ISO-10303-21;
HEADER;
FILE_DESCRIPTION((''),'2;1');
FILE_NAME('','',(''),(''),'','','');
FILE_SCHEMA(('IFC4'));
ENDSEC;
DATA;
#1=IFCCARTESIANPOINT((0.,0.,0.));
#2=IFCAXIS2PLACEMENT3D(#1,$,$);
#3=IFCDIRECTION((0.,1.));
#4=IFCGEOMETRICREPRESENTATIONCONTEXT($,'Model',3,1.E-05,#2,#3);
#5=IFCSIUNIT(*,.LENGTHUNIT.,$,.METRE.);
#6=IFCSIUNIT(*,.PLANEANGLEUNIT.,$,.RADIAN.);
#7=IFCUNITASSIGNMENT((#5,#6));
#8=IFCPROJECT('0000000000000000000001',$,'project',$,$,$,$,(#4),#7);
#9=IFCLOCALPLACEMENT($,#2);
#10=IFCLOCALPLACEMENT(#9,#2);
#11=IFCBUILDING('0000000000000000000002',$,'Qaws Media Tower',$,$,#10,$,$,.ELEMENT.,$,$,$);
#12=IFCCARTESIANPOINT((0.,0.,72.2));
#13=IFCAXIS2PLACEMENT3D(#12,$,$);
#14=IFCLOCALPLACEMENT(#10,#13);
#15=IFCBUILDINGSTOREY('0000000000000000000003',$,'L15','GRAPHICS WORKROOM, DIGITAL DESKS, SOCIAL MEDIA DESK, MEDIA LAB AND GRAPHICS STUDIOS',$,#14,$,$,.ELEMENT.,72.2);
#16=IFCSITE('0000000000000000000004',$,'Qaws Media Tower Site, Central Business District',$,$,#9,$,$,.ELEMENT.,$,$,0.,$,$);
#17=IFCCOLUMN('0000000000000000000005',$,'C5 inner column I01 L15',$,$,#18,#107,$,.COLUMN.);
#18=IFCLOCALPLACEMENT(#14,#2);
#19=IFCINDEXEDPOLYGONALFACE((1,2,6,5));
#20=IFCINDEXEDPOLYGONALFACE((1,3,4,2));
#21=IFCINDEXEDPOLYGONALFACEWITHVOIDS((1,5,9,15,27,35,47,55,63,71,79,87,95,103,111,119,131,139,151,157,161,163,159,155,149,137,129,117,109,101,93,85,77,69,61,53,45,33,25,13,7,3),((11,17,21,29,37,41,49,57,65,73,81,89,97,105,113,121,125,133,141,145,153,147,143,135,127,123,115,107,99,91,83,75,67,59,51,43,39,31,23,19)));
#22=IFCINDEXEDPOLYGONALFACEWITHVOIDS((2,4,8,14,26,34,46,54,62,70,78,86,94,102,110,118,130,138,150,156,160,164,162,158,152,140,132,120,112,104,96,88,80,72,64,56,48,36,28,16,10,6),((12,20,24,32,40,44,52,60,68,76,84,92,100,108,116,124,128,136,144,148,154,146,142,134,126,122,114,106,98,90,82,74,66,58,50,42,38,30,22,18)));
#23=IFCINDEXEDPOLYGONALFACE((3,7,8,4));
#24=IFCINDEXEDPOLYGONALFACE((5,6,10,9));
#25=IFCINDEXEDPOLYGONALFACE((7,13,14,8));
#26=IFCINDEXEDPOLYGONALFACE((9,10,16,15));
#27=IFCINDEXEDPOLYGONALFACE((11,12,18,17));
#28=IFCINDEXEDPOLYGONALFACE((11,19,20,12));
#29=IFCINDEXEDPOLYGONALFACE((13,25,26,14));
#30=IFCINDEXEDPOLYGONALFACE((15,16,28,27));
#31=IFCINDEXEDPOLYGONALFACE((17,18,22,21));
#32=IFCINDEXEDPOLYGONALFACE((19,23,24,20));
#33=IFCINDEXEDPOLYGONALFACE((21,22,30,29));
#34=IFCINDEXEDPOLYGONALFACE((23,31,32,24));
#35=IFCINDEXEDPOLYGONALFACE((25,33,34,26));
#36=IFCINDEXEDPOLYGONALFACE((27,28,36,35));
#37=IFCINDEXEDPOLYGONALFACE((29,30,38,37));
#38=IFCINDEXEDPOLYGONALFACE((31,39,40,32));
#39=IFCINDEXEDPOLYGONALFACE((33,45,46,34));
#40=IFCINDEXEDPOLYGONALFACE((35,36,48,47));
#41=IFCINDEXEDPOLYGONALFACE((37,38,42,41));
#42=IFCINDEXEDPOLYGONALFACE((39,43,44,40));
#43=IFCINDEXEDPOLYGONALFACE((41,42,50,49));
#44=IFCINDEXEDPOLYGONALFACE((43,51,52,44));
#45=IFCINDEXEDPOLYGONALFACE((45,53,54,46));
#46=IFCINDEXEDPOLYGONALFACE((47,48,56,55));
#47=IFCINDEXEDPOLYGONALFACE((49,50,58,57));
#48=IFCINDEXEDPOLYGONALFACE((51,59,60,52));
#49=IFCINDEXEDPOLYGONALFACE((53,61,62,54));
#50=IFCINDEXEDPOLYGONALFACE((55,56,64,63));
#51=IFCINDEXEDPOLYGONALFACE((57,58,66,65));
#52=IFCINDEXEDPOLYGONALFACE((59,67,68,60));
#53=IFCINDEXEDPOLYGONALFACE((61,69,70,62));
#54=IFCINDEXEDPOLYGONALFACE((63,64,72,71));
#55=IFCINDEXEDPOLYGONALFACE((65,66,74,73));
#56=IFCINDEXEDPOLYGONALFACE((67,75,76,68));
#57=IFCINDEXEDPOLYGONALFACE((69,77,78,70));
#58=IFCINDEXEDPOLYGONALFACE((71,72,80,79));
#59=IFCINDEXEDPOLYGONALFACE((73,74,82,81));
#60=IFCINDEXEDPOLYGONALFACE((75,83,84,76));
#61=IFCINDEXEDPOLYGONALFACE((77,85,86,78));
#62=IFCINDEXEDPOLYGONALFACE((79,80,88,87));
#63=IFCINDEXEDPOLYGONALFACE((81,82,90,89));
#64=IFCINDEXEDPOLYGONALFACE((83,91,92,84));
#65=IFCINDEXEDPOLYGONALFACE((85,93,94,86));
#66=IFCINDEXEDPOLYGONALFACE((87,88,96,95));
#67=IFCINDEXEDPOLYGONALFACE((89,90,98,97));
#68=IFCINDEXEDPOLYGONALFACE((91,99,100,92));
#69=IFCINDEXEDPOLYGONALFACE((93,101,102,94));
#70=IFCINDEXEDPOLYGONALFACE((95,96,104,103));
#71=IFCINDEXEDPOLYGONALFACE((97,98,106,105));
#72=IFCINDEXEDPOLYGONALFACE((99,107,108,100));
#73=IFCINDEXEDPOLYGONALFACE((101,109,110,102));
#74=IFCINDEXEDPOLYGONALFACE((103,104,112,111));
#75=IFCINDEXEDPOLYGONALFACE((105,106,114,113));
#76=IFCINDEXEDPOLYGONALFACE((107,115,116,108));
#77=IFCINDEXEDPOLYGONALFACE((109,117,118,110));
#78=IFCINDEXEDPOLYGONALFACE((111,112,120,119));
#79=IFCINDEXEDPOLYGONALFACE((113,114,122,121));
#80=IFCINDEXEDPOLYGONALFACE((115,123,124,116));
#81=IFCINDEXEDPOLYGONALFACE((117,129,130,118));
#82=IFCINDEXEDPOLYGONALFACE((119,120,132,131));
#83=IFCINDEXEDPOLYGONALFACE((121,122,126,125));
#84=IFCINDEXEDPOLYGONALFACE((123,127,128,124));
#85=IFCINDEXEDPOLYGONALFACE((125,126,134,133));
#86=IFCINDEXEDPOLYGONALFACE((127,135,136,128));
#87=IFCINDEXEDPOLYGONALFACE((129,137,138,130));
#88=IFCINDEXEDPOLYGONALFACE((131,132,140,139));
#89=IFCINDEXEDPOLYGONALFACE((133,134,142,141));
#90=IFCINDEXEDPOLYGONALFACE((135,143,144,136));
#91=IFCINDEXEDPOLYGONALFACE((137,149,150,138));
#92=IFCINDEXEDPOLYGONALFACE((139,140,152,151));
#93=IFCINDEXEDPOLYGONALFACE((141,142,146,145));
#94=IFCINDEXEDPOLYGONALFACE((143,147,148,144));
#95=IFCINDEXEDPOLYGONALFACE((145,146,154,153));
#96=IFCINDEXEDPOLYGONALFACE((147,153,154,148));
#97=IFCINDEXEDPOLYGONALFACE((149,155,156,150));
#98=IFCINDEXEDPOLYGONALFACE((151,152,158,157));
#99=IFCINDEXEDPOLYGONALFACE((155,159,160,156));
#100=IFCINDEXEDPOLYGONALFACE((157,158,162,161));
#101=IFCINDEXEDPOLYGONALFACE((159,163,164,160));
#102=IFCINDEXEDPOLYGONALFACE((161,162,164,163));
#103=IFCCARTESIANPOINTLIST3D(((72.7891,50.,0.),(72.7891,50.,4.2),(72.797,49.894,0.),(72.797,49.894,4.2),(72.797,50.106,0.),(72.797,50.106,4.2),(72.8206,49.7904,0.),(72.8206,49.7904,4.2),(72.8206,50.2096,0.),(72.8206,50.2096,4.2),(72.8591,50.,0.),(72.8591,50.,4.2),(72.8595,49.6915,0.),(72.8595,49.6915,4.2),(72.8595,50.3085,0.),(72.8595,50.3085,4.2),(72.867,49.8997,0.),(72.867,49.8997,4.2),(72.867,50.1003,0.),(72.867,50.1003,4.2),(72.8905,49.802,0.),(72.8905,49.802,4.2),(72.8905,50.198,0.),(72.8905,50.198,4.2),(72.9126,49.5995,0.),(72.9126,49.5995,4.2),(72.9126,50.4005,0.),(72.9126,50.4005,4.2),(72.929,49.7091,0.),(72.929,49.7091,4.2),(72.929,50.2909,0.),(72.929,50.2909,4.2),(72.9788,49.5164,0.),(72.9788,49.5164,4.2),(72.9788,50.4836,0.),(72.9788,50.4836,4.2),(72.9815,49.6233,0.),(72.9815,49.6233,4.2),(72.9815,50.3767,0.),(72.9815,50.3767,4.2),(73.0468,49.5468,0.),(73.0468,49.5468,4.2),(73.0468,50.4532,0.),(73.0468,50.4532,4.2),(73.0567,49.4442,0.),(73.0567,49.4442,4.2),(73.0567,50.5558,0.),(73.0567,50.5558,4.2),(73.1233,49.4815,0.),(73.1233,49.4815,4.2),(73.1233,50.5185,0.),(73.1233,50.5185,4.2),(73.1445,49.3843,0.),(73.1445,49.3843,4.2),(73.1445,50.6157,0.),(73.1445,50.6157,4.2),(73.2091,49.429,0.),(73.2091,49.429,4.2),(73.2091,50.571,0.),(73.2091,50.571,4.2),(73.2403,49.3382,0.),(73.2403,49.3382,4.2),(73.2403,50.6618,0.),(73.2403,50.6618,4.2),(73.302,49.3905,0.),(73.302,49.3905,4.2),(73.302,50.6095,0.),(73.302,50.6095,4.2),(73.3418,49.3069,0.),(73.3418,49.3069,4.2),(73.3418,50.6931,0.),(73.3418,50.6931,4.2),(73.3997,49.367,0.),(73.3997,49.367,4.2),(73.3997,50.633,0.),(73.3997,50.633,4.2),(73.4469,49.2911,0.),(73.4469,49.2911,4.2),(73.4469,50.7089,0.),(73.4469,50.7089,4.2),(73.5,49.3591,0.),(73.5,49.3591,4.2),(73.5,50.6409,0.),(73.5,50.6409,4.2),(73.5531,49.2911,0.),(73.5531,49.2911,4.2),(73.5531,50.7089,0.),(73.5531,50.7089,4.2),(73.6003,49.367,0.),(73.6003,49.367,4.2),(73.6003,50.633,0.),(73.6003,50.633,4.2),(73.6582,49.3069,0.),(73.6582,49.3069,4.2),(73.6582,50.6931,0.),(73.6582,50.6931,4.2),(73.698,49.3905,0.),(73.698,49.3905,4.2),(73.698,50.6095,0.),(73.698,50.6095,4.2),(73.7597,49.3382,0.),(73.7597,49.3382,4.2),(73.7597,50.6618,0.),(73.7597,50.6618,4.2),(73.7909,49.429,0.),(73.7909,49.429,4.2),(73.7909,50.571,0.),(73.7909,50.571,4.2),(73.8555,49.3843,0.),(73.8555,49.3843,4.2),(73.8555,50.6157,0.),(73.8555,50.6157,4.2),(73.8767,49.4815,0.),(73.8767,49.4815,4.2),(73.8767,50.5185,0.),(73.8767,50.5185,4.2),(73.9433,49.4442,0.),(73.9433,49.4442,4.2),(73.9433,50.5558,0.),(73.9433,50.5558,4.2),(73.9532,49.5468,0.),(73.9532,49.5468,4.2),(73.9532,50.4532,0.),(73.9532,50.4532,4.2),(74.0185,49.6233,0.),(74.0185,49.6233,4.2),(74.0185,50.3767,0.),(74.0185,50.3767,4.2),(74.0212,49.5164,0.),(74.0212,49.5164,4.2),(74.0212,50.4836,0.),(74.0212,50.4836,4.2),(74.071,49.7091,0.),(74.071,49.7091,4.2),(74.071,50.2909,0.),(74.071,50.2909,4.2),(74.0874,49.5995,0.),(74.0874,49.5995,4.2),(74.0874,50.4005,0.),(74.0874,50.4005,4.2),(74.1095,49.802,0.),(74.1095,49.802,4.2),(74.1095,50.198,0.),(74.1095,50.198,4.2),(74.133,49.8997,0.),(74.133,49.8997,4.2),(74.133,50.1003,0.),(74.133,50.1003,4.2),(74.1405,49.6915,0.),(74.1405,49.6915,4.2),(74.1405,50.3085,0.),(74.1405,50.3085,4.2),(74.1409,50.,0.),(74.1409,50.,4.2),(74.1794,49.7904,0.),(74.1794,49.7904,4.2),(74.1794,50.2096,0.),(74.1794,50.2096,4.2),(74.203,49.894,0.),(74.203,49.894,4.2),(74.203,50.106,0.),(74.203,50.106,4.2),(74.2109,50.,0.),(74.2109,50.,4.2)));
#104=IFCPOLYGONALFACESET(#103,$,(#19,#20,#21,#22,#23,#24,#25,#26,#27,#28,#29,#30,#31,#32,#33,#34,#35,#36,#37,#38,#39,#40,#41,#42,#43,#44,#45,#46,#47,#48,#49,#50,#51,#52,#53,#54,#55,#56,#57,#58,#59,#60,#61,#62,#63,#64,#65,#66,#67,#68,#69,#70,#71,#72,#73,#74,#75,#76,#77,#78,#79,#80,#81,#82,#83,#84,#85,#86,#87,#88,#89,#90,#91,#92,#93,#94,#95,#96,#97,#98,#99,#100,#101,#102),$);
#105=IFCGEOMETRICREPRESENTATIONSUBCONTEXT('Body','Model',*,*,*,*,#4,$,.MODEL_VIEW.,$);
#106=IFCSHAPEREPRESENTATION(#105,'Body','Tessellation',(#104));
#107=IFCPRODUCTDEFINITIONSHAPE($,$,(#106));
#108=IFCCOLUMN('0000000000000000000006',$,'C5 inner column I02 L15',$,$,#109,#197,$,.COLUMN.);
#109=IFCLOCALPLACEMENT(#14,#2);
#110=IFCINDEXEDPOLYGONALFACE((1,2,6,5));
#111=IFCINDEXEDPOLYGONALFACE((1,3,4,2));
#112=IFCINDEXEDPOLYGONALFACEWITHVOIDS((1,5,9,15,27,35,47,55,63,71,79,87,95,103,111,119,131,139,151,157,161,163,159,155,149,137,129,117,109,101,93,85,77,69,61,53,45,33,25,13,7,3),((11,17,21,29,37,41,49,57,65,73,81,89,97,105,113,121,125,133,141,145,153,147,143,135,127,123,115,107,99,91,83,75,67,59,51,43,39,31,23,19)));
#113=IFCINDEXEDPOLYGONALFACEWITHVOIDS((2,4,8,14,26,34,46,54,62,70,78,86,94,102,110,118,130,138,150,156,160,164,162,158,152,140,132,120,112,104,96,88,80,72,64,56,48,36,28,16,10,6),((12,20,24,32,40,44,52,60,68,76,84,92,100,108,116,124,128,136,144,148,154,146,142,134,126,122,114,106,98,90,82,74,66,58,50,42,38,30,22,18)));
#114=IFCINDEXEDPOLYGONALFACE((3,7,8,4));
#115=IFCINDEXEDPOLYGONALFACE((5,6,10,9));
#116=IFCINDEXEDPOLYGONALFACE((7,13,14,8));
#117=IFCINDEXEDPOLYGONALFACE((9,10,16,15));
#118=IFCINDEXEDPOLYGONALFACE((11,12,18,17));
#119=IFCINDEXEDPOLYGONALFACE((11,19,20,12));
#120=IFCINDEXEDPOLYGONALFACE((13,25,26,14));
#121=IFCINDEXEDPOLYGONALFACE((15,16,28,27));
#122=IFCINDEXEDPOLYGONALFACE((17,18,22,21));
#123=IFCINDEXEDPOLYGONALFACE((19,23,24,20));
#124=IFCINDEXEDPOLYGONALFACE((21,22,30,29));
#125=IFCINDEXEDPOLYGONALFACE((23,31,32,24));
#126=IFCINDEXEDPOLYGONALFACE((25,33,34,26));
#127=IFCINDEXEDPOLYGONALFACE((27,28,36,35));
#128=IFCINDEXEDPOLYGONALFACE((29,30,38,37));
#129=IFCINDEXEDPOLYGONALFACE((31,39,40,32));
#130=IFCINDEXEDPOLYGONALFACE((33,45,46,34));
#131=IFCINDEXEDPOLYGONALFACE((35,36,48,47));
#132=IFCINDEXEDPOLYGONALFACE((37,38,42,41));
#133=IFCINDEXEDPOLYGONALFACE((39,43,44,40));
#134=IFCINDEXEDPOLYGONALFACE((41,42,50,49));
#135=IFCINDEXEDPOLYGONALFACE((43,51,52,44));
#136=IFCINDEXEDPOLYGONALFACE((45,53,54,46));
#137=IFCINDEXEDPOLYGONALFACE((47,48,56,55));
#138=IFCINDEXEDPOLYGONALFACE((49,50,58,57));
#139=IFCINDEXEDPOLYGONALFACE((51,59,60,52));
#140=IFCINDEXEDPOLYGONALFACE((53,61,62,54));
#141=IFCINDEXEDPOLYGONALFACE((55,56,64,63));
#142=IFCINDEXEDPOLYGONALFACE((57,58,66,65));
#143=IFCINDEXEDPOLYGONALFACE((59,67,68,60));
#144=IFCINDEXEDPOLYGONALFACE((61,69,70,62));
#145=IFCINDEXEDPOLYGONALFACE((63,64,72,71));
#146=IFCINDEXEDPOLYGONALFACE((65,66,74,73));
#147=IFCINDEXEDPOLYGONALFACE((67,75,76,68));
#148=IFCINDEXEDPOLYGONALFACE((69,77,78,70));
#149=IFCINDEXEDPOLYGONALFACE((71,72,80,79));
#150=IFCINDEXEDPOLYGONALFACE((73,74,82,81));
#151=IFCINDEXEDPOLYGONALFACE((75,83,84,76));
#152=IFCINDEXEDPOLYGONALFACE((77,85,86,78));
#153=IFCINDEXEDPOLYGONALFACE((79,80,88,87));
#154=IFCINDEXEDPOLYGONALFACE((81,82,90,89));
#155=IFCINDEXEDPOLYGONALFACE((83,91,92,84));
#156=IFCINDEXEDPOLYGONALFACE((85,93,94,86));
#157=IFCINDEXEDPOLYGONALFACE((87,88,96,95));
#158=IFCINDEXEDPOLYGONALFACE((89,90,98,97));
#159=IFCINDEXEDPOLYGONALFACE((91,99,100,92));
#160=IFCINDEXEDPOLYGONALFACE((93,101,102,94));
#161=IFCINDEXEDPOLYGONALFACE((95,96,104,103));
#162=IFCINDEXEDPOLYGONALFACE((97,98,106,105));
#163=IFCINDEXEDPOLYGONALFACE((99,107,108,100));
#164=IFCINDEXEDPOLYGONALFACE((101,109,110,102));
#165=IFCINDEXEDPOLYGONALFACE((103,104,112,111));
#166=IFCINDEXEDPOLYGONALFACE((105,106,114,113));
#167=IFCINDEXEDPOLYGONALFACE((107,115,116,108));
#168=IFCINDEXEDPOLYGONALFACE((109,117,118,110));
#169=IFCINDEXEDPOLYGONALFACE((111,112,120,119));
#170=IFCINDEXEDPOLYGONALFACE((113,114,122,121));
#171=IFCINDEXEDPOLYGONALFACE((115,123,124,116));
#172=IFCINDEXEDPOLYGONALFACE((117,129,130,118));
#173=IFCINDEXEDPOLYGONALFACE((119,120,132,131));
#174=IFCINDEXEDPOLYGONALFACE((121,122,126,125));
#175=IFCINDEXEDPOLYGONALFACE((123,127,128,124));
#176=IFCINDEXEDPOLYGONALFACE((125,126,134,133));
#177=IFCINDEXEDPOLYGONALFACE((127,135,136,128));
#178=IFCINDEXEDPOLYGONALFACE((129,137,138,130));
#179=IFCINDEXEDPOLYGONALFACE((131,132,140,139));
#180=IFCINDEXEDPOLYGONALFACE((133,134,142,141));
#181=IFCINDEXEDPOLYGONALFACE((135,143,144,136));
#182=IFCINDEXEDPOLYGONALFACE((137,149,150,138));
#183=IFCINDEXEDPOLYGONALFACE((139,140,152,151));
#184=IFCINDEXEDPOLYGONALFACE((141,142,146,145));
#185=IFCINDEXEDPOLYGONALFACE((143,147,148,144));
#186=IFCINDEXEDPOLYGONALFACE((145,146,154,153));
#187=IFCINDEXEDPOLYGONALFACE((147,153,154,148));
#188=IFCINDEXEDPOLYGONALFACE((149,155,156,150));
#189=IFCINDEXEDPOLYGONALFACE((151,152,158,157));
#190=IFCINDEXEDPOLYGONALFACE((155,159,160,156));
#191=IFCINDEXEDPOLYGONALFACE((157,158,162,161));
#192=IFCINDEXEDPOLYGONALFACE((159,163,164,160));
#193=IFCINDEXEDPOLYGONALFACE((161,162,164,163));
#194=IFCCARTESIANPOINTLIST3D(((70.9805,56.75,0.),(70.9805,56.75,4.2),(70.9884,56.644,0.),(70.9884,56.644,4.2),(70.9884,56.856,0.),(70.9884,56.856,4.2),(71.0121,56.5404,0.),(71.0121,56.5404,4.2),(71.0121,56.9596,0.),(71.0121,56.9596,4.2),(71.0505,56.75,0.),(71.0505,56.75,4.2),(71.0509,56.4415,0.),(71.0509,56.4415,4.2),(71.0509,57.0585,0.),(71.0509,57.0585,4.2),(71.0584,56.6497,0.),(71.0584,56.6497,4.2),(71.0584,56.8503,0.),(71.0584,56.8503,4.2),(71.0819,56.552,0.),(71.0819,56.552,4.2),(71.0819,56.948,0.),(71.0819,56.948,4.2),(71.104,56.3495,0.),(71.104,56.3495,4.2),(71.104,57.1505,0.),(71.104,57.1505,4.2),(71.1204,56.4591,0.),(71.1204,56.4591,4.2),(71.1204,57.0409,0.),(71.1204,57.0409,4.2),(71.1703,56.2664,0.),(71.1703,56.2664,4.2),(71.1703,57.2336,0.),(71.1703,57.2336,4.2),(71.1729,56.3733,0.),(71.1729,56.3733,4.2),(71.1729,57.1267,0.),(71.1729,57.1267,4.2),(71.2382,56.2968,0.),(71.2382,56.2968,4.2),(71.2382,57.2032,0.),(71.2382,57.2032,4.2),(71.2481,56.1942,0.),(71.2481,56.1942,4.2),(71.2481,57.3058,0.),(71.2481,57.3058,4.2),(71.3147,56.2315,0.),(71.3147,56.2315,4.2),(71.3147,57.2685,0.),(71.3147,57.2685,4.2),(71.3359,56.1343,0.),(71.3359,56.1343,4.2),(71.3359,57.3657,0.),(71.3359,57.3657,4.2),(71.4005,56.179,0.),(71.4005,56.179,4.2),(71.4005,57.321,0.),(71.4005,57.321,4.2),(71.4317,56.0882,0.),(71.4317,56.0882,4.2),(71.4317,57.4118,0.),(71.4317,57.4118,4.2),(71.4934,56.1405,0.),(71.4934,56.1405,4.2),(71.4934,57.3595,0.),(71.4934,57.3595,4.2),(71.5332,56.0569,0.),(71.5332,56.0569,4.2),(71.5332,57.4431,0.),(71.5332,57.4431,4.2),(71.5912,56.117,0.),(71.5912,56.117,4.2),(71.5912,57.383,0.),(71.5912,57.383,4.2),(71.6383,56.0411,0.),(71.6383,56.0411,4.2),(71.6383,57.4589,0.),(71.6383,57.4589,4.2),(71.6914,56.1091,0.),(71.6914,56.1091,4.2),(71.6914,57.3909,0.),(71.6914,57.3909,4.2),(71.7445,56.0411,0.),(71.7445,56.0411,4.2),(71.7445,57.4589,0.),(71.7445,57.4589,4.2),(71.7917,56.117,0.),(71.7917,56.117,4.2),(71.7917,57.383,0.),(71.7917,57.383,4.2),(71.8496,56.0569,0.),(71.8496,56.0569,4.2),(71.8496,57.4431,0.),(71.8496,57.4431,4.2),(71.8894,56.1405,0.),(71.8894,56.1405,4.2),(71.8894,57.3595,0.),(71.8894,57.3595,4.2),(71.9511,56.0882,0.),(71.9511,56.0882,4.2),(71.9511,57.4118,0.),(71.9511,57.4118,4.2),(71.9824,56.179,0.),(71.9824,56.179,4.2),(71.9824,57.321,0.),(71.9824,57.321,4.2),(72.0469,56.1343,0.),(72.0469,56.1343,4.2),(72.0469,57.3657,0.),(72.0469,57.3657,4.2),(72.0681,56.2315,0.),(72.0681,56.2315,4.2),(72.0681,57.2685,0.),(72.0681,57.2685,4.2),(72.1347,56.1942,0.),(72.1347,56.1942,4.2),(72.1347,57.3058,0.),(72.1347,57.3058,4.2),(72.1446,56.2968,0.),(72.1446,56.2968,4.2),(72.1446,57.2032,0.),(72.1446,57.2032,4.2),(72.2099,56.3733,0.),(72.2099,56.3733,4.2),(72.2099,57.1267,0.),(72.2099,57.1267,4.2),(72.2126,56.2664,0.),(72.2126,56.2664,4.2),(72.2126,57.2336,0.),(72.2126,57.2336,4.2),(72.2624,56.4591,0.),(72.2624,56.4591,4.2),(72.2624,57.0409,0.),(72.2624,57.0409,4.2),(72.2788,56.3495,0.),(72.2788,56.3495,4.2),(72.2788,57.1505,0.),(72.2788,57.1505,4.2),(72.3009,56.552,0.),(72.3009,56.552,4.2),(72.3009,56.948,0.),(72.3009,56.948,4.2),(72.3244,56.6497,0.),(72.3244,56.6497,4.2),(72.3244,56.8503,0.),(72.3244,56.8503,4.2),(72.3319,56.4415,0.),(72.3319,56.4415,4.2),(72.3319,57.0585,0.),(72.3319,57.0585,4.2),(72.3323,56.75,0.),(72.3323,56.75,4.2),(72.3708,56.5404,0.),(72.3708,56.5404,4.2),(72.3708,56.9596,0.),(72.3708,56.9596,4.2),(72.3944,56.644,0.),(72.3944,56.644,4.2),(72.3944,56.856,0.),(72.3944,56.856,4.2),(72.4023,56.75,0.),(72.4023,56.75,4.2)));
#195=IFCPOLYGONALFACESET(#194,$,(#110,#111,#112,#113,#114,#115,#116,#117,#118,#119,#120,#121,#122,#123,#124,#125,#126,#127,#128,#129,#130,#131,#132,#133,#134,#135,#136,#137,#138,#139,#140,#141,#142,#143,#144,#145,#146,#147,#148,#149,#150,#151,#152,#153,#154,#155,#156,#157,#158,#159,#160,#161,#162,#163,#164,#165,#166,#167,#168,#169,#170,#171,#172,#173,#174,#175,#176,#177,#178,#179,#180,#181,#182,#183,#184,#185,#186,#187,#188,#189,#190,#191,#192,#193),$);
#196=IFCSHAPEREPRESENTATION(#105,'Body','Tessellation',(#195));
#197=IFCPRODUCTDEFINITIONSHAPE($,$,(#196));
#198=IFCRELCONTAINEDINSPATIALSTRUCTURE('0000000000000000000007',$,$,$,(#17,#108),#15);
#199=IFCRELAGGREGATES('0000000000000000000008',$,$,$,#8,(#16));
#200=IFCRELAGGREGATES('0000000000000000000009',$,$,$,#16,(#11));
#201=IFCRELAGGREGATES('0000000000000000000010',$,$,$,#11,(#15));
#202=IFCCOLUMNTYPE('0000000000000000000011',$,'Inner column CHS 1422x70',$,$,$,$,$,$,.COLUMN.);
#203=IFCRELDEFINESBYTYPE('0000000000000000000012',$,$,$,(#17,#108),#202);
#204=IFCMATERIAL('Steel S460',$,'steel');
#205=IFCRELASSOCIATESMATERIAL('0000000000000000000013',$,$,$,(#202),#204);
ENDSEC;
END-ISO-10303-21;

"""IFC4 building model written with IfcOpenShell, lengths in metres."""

from ifc_helpers import new_model, si_unit, direction, frame, origin, origin_2d, place, context, subcontext, project, spatial, hollow_circle, extrude, material, material_profile, profile_set, type_object, element, save


model = new_model("IFC4")

# Units and contexts
model_context = context("Model", 3, precision=1e-05, world=origin(), true_north=direction((0.0, 1.0)))
body_context = subcontext(model_context, "Body", "Model", "MODEL_VIEW")
ifc_project = project(units=[si_unit("LENGTHUNIT", "METRE"), si_unit("PLANEANGLEUNIT", "RADIAN")], contexts=[model_context])

# Site, building, storey
site_placement = place(None, origin())
site = spatial("IfcSite", under=ifc_project, at=site_placement, Name="Qaws Media Tower Site, Central Business District", CompositionType="ELEMENT", RefElevation=0.0)
building_placement = place(site_placement, origin())
building = spatial("IfcBuilding", under=site, at=building_placement, Name="Qaws Media Tower", CompositionType="ELEMENT")
storey_placement = place(building_placement, frame((0.0, 0.0, 72.2)))
storey = spatial("IfcBuildingStorey", under=building, at=storey_placement, Name="L15", Description="GRAPHICS WORKROOM, DIGITAL DESKS, SOCIAL MEDIA DESK, MEDIA LAB AND GRAPHICS STUDIOS", CompositionType="ELEMENT", Elevation=72.2)

# Columns
ifc_material_1 = material(Name="Steel S460", Category="steel")
ifc_material_profile_1 = material_profile(ifc_material_1, hollow_circle(Radius=0.7109, WallThickness=0.0701, at=origin_2d()), Name="CHS 1422x70")
ifc_profile_set_1 = profile_set([ifc_material_profile_1], Name="Steel S460")
column_type = type_object("IfcColumnType", Name="Inner column CHS 1422x70", PredefinedType="COLUMN", material=ifc_profile_set_1)
for number, where, z_axis, x_axis, name in (
    (1, (73.5, 50.0, 0.0), (0.0, 0.0, 1.0), (1.0, 0.0, 0.0), "C5 inner column I01 L15"),
    (2, (71.6914, 56.75, 0.0), (0.0, 0.0, 1.0), (1.0, 0.0, 0.0), "C5 inner column I02 L15"),
):
    element("IfcColumn", number, at=place(storey_placement, frame(where, z_axis=z_axis, x_axis=x_axis)), inside=storey, type_object=column_type, Name=name, PredefinedType="COLUMN", context=body_context, shape_type="SweptSolid", body=[
        extrude(hollow_circle(Radius=0.7109, WallThickness=0.0701, at=origin_2d()), origin(), (0.0, 0.0, 1.0), 4.2),
    ])

save(model, "model.ifc")
